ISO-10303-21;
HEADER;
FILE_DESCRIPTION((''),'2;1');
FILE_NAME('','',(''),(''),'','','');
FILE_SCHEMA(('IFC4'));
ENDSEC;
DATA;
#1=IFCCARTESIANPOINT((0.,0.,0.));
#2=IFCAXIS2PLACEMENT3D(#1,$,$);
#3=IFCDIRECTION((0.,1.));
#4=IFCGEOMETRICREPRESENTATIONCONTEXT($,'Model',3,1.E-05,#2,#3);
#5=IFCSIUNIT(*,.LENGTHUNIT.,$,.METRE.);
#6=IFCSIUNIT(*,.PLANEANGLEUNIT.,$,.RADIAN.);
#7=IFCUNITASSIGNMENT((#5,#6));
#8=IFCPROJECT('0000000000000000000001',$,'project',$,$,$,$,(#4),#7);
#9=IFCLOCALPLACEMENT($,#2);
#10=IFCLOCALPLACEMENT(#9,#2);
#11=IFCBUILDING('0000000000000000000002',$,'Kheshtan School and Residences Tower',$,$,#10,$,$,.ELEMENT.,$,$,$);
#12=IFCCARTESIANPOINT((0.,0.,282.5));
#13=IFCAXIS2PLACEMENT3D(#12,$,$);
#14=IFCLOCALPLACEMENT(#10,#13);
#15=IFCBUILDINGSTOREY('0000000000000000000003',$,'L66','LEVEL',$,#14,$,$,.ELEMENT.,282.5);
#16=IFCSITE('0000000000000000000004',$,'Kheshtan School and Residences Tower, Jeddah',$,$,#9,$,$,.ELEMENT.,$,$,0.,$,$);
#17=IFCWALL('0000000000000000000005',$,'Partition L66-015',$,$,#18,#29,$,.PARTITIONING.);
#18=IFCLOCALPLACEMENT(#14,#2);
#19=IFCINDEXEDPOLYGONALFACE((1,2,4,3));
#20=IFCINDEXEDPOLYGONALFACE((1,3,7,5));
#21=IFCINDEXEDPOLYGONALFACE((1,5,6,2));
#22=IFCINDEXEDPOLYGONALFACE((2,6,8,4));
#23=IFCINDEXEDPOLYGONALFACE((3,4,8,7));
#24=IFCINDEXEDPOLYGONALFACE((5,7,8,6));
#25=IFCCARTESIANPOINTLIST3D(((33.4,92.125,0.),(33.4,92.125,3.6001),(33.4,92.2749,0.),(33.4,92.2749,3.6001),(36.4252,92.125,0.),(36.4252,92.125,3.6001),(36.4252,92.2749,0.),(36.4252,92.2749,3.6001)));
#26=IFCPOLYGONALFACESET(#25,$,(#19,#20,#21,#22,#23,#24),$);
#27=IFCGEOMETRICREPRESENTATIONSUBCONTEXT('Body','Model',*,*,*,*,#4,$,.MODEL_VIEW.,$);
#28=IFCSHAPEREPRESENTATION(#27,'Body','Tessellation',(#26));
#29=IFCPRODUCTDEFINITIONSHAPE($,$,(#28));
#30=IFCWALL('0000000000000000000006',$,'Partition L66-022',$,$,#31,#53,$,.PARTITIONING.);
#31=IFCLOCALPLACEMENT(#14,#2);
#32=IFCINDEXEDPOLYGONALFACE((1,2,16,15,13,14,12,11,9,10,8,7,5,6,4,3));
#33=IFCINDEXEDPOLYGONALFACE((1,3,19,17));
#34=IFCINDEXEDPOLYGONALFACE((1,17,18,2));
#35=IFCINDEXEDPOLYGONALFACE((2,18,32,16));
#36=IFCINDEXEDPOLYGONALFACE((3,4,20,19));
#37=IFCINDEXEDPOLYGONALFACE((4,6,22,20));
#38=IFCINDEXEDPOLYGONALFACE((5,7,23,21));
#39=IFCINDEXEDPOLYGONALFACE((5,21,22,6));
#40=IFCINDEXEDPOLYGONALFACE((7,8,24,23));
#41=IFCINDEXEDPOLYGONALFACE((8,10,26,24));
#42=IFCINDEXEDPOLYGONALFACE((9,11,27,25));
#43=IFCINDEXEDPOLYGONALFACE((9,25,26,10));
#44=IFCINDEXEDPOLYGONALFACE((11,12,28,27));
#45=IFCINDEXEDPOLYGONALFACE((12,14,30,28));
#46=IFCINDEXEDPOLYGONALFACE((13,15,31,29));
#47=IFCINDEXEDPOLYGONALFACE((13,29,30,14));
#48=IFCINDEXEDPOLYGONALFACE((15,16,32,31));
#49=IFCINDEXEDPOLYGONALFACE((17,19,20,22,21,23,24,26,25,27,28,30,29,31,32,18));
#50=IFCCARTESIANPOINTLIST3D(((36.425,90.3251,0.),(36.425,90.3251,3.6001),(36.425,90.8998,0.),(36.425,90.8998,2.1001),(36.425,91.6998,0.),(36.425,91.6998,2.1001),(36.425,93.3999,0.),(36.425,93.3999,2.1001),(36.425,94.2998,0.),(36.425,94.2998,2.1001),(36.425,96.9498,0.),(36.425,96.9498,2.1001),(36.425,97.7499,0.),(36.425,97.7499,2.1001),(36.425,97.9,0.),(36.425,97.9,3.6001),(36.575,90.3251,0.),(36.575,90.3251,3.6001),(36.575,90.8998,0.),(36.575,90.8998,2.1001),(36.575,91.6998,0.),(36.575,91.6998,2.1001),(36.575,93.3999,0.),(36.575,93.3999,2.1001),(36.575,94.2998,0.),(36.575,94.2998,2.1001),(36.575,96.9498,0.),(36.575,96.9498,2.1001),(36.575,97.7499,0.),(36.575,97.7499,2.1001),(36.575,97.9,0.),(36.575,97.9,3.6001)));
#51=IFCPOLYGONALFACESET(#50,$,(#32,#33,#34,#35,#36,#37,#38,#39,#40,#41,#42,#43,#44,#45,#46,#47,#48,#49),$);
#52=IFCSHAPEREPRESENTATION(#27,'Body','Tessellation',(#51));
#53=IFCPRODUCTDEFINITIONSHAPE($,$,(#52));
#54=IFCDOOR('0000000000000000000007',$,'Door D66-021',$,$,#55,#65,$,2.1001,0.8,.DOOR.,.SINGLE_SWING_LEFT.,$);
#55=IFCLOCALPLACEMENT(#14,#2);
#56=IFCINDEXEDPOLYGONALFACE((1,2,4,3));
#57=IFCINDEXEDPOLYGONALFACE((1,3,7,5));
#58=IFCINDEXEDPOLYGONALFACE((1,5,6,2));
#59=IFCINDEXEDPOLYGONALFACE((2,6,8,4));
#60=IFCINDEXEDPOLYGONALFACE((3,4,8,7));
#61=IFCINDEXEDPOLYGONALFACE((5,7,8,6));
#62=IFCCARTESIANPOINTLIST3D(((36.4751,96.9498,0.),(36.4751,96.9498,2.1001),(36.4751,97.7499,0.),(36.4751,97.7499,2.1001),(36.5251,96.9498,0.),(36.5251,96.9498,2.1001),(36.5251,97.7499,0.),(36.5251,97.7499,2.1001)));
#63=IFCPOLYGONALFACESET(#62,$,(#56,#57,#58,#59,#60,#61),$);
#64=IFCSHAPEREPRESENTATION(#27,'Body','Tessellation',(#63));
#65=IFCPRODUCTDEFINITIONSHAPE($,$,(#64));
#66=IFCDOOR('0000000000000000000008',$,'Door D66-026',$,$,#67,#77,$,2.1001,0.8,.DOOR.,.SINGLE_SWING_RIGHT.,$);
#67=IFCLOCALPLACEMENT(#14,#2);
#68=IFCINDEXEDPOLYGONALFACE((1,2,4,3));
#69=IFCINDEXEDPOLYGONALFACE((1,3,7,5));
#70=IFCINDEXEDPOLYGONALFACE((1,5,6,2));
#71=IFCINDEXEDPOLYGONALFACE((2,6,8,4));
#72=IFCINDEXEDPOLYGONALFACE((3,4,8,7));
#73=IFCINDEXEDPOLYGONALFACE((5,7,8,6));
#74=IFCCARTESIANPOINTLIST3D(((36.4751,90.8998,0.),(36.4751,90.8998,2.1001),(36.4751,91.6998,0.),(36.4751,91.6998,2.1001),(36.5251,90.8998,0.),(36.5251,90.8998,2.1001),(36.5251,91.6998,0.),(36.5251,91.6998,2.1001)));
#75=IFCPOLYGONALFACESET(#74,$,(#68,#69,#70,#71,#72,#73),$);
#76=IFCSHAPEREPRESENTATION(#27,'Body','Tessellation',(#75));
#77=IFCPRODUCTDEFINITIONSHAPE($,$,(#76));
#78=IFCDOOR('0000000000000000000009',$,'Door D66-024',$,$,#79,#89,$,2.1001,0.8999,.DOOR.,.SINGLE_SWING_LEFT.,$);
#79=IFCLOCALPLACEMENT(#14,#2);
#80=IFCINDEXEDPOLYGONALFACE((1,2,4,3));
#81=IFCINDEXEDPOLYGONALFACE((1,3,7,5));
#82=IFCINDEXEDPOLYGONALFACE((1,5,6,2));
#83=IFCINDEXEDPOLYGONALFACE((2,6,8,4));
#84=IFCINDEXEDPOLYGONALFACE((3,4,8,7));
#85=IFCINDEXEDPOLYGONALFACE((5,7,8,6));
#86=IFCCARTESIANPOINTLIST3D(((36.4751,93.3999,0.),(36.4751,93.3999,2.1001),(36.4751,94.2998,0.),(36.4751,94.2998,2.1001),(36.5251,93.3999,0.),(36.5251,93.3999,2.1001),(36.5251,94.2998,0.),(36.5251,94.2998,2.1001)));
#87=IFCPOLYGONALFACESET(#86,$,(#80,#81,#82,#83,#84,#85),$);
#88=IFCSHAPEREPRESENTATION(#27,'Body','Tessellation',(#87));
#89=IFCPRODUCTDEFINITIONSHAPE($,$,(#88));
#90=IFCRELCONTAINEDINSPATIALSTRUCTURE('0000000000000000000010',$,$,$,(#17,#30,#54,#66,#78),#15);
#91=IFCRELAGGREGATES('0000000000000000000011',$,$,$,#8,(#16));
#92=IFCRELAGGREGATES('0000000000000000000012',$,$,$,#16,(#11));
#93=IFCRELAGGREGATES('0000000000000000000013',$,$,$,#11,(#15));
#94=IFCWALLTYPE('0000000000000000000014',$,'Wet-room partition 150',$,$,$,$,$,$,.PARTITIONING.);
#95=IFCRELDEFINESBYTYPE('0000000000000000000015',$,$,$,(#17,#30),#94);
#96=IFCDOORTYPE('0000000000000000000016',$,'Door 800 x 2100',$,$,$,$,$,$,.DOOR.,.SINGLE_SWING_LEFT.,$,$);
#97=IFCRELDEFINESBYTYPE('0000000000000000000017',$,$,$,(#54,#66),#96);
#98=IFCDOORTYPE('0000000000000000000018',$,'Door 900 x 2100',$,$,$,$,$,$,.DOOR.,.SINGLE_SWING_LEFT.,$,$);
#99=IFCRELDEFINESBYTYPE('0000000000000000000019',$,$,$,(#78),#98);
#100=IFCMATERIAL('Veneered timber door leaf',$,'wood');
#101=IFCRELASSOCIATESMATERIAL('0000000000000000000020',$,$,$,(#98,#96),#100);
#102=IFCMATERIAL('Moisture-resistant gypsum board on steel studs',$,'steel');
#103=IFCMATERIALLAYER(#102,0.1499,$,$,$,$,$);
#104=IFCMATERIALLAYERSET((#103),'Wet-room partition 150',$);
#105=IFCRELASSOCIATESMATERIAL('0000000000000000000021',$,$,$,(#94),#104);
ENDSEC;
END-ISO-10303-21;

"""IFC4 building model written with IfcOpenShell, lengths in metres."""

from ifc_helpers import new_model, si_unit, direction, frame, frame_2d, origin, place, context, subcontext, project, spatial, rectangle, extrude, source, transform, mapped, material, layer, layer_set, type_object, element, fill, save


model = new_model("IFC4")

# Units and contexts
model_context = context("Model", 3, precision=1e-05, world=origin(), true_north=direction((0.0, 1.0)))
body_context = subcontext(model_context, "Body", "Model", "MODEL_VIEW")
ifc_project = project(units=[si_unit("LENGTHUNIT", "METRE"), si_unit("PLANEANGLEUNIT", "RADIAN")], contexts=[model_context])

# Site, building, storey
site_placement = place(None, origin())
site = spatial("IfcSite", under=ifc_project, at=site_placement, Name="Kheshtan School and Residences Tower, Jeddah", CompositionType="ELEMENT", RefElevation=0.0)
building_placement = place(site_placement, origin())
building = spatial("IfcBuilding", under=site, at=building_placement, Name="Kheshtan School and Residences Tower", CompositionType="ELEMENT")
storey_placement = place(building_placement, frame((0.0, 0.0, 282.5)))
storey = spatial("IfcBuildingStorey", under=building, at=storey_placement, Name="L66", Description="LEVEL", CompositionType="ELEMENT", Elevation=282.5)

# Shared definitions
ifc_material_1 = material(Name="Veneered timber door leaf", Category="wood")
door_type_1 = type_object("IfcDoorType", Name="Door 900 x 2100", OperationType="SINGLE_SWING_LEFT", PredefinedType="DOOR", material=ifc_material_1)
shared_shape_1 = source(origin(), body_context, "Body", "SweptSolid", [
    extrude(rectangle(XDim=0.8999, YDim=2.1001, at=frame_2d((0.45, 1.05))), frame((0.0, 0.0249, 0.0), z_axis=(0.0, -1.0, 0.0), x_axis=(1.0, 0.0, 0.0)), (0.0, 0.0, 1.0), 0.05),
])

# Wall
ifc_material_2 = material(Name="Moisture-resistant gypsum board on steel studs", Category="steel")
ifc_layer_1 = layer(ifc_material_2, 0.1499)
ifc_layer_set_1 = layer_set([ifc_layer_1], Name="Wet-room partition 150")
wall_type_1 = type_object("IfcWallType", Name="Wet-room partition 150", PredefinedType="PARTITIONING", material=ifc_layer_set_1)
for number, where, z_axis, x_axis, name in (
    (1, (33.3999, 92.2, 0.0), (0.0, 0.0, 1.0), (1.0, 0.0, 0.0), "Partition L66-015"),
):
    element("IfcWall", number, at=place(storey_placement, frame(where, z_axis=z_axis, x_axis=x_axis)), inside=storey, type_object=wall_type_1, Name=name, PredefinedType="PARTITIONING", context=body_context, shape_type="SweptSolid", body=[
        extrude(rectangle(XDim=3.0251, YDim=0.1499, at=frame_2d((1.5127, 0.0))), origin(), (0.0, 0.0, 1.0), 3.6001),
    ])

# Wall, openings, doors
wall_1_placement = place(storey_placement, frame((36.5, 90.325, 0.0), z_axis=(0.0, 0.0, 1.0), x_axis=(0.0, 1.0, 0.0)))
wall_1 = element("IfcWall", 2, at=wall_1_placement, inside=storey, type_object=wall_type_1, Name="Partition L66-022", PredefinedType="PARTITIONING", context=body_context, shape_type="SweptSolid", body=[
    extrude(rectangle(XDim=7.575, YDim=0.1499, at=frame_2d((3.7876, 0.0))), origin(), (0.0, 0.0, 1.0), 3.6001),
])
opening_1_placement = place(wall_1_placement, frame((6.625, 0.0, 0.0)))
opening_1 = element("IfcOpeningElement", 3, at=opening_1_placement, cuts=wall_1, PredefinedType="OPENING", context=body_context, shape_type="SweptSolid", body=[
    extrude(rectangle(XDim=0.8, YDim=2.1001, at=frame_2d((0.3999, 1.05))), frame((0.0, 0.085, 0.0), z_axis=(0.0, -1.0, 0.0), x_axis=(1.0, 0.0, 0.0)), (0.0, 0.0, 1.0), 0.1699),
])
opening_2_placement = place(wall_1_placement, frame((3.075, 0.0, 0.0)))
opening_2 = element("IfcOpeningElement", 4, at=opening_2_placement, cuts=wall_1, PredefinedType="OPENING", context=body_context, shape_type="SweptSolid", body=[
    extrude(rectangle(XDim=0.8999, YDim=2.1001, at=frame_2d((0.45, 1.05))), frame((0.0, 0.085, 0.0), z_axis=(0.0, -1.0, 0.0), x_axis=(1.0, 0.0, 0.0)), (0.0, 0.0, 1.0), 0.1699),
])
opening_3_placement = place(wall_1_placement, frame((0.575, 0.0, 0.0)))
opening_3 = element("IfcOpeningElement", 5, at=opening_3_placement, cuts=wall_1, PredefinedType="OPENING", context=body_context, shape_type="SweptSolid", body=[
    extrude(rectangle(XDim=0.8, YDim=2.1001, at=frame_2d((0.3999, 1.05))), frame((0.0, 0.085, 0.0), z_axis=(0.0, -1.0, 0.0), x_axis=(1.0, 0.0, 0.0)), (0.0, 0.0, 1.0), 0.1699),
])
door_type_2 = type_object("IfcDoorType", Name="Door 800 x 2100", OperationType="SINGLE_SWING_LEFT", PredefinedType="DOOR", material=ifc_material_1)
shared_shape_2 = source(origin(), body_context, "Body", "SweptSolid", [
    extrude(rectangle(XDim=0.8, YDim=2.1001, at=frame_2d((0.3999, 1.05))), frame((0.0, 0.0249, 0.0), z_axis=(0.0, -1.0, 0.0), x_axis=(1.0, 0.0, 0.0)), (0.0, 0.0, 1.0), 0.05),
])
door_1_placement = place(opening_1_placement, origin())
door_1 = element("IfcDoor", 6, at=door_1_placement, inside=storey, type_object=door_type_2, Name="Door D66-021", OperationType="SINGLE_SWING_LEFT", OverallHeight=2.1001, OverallWidth=0.8, PredefinedType="DOOR", context=body_context, shape_type="MappedRepresentation", body=[
    mapped(shared_shape_2, transform((0.0, 0.0, 0.0), x_axis=(1.0, 0.0, 0.0), y_axis=(0.0, 1.0, 0.0), z_axis=(0.0, 0.0, 1.0), scale=1.0)),
])
fill(opening_1, door_1)
door_2_placement = place(opening_3_placement, origin())
door_2 = element("IfcDoor", 7, at=door_2_placement, inside=storey, type_object=door_type_2, Name="Door D66-026", OperationType="SINGLE_SWING_RIGHT", OverallHeight=2.1001, OverallWidth=0.8, PredefinedType="DOOR", context=body_context, shape_type="MappedRepresentation", body=[
    mapped(shared_shape_2, transform((0.0, 0.0, 0.0), x_axis=(1.0, 0.0, 0.0), y_axis=(0.0, 1.0, 0.0), z_axis=(0.0, 0.0, 1.0), scale=1.0)),
])
fill(opening_3, door_2)
door_3_placement = place(opening_2_placement, origin())
door_3 = element("IfcDoor", 8, at=door_3_placement, inside=storey, type_object=door_type_1, Name="Door D66-024", OperationType="SINGLE_SWING_LEFT", OverallHeight=2.1001, OverallWidth=0.8999, PredefinedType="DOOR", context=body_context, shape_type="MappedRepresentation", body=[
    mapped(shared_shape_1, transform((0.0, 0.0, 0.0), x_axis=(1.0, 0.0, 0.0), y_axis=(0.0, 1.0, 0.0), z_axis=(0.0, 0.0, 1.0), scale=1.0)),
])
fill(opening_2, door_3)

save(model, "model.ifc")
